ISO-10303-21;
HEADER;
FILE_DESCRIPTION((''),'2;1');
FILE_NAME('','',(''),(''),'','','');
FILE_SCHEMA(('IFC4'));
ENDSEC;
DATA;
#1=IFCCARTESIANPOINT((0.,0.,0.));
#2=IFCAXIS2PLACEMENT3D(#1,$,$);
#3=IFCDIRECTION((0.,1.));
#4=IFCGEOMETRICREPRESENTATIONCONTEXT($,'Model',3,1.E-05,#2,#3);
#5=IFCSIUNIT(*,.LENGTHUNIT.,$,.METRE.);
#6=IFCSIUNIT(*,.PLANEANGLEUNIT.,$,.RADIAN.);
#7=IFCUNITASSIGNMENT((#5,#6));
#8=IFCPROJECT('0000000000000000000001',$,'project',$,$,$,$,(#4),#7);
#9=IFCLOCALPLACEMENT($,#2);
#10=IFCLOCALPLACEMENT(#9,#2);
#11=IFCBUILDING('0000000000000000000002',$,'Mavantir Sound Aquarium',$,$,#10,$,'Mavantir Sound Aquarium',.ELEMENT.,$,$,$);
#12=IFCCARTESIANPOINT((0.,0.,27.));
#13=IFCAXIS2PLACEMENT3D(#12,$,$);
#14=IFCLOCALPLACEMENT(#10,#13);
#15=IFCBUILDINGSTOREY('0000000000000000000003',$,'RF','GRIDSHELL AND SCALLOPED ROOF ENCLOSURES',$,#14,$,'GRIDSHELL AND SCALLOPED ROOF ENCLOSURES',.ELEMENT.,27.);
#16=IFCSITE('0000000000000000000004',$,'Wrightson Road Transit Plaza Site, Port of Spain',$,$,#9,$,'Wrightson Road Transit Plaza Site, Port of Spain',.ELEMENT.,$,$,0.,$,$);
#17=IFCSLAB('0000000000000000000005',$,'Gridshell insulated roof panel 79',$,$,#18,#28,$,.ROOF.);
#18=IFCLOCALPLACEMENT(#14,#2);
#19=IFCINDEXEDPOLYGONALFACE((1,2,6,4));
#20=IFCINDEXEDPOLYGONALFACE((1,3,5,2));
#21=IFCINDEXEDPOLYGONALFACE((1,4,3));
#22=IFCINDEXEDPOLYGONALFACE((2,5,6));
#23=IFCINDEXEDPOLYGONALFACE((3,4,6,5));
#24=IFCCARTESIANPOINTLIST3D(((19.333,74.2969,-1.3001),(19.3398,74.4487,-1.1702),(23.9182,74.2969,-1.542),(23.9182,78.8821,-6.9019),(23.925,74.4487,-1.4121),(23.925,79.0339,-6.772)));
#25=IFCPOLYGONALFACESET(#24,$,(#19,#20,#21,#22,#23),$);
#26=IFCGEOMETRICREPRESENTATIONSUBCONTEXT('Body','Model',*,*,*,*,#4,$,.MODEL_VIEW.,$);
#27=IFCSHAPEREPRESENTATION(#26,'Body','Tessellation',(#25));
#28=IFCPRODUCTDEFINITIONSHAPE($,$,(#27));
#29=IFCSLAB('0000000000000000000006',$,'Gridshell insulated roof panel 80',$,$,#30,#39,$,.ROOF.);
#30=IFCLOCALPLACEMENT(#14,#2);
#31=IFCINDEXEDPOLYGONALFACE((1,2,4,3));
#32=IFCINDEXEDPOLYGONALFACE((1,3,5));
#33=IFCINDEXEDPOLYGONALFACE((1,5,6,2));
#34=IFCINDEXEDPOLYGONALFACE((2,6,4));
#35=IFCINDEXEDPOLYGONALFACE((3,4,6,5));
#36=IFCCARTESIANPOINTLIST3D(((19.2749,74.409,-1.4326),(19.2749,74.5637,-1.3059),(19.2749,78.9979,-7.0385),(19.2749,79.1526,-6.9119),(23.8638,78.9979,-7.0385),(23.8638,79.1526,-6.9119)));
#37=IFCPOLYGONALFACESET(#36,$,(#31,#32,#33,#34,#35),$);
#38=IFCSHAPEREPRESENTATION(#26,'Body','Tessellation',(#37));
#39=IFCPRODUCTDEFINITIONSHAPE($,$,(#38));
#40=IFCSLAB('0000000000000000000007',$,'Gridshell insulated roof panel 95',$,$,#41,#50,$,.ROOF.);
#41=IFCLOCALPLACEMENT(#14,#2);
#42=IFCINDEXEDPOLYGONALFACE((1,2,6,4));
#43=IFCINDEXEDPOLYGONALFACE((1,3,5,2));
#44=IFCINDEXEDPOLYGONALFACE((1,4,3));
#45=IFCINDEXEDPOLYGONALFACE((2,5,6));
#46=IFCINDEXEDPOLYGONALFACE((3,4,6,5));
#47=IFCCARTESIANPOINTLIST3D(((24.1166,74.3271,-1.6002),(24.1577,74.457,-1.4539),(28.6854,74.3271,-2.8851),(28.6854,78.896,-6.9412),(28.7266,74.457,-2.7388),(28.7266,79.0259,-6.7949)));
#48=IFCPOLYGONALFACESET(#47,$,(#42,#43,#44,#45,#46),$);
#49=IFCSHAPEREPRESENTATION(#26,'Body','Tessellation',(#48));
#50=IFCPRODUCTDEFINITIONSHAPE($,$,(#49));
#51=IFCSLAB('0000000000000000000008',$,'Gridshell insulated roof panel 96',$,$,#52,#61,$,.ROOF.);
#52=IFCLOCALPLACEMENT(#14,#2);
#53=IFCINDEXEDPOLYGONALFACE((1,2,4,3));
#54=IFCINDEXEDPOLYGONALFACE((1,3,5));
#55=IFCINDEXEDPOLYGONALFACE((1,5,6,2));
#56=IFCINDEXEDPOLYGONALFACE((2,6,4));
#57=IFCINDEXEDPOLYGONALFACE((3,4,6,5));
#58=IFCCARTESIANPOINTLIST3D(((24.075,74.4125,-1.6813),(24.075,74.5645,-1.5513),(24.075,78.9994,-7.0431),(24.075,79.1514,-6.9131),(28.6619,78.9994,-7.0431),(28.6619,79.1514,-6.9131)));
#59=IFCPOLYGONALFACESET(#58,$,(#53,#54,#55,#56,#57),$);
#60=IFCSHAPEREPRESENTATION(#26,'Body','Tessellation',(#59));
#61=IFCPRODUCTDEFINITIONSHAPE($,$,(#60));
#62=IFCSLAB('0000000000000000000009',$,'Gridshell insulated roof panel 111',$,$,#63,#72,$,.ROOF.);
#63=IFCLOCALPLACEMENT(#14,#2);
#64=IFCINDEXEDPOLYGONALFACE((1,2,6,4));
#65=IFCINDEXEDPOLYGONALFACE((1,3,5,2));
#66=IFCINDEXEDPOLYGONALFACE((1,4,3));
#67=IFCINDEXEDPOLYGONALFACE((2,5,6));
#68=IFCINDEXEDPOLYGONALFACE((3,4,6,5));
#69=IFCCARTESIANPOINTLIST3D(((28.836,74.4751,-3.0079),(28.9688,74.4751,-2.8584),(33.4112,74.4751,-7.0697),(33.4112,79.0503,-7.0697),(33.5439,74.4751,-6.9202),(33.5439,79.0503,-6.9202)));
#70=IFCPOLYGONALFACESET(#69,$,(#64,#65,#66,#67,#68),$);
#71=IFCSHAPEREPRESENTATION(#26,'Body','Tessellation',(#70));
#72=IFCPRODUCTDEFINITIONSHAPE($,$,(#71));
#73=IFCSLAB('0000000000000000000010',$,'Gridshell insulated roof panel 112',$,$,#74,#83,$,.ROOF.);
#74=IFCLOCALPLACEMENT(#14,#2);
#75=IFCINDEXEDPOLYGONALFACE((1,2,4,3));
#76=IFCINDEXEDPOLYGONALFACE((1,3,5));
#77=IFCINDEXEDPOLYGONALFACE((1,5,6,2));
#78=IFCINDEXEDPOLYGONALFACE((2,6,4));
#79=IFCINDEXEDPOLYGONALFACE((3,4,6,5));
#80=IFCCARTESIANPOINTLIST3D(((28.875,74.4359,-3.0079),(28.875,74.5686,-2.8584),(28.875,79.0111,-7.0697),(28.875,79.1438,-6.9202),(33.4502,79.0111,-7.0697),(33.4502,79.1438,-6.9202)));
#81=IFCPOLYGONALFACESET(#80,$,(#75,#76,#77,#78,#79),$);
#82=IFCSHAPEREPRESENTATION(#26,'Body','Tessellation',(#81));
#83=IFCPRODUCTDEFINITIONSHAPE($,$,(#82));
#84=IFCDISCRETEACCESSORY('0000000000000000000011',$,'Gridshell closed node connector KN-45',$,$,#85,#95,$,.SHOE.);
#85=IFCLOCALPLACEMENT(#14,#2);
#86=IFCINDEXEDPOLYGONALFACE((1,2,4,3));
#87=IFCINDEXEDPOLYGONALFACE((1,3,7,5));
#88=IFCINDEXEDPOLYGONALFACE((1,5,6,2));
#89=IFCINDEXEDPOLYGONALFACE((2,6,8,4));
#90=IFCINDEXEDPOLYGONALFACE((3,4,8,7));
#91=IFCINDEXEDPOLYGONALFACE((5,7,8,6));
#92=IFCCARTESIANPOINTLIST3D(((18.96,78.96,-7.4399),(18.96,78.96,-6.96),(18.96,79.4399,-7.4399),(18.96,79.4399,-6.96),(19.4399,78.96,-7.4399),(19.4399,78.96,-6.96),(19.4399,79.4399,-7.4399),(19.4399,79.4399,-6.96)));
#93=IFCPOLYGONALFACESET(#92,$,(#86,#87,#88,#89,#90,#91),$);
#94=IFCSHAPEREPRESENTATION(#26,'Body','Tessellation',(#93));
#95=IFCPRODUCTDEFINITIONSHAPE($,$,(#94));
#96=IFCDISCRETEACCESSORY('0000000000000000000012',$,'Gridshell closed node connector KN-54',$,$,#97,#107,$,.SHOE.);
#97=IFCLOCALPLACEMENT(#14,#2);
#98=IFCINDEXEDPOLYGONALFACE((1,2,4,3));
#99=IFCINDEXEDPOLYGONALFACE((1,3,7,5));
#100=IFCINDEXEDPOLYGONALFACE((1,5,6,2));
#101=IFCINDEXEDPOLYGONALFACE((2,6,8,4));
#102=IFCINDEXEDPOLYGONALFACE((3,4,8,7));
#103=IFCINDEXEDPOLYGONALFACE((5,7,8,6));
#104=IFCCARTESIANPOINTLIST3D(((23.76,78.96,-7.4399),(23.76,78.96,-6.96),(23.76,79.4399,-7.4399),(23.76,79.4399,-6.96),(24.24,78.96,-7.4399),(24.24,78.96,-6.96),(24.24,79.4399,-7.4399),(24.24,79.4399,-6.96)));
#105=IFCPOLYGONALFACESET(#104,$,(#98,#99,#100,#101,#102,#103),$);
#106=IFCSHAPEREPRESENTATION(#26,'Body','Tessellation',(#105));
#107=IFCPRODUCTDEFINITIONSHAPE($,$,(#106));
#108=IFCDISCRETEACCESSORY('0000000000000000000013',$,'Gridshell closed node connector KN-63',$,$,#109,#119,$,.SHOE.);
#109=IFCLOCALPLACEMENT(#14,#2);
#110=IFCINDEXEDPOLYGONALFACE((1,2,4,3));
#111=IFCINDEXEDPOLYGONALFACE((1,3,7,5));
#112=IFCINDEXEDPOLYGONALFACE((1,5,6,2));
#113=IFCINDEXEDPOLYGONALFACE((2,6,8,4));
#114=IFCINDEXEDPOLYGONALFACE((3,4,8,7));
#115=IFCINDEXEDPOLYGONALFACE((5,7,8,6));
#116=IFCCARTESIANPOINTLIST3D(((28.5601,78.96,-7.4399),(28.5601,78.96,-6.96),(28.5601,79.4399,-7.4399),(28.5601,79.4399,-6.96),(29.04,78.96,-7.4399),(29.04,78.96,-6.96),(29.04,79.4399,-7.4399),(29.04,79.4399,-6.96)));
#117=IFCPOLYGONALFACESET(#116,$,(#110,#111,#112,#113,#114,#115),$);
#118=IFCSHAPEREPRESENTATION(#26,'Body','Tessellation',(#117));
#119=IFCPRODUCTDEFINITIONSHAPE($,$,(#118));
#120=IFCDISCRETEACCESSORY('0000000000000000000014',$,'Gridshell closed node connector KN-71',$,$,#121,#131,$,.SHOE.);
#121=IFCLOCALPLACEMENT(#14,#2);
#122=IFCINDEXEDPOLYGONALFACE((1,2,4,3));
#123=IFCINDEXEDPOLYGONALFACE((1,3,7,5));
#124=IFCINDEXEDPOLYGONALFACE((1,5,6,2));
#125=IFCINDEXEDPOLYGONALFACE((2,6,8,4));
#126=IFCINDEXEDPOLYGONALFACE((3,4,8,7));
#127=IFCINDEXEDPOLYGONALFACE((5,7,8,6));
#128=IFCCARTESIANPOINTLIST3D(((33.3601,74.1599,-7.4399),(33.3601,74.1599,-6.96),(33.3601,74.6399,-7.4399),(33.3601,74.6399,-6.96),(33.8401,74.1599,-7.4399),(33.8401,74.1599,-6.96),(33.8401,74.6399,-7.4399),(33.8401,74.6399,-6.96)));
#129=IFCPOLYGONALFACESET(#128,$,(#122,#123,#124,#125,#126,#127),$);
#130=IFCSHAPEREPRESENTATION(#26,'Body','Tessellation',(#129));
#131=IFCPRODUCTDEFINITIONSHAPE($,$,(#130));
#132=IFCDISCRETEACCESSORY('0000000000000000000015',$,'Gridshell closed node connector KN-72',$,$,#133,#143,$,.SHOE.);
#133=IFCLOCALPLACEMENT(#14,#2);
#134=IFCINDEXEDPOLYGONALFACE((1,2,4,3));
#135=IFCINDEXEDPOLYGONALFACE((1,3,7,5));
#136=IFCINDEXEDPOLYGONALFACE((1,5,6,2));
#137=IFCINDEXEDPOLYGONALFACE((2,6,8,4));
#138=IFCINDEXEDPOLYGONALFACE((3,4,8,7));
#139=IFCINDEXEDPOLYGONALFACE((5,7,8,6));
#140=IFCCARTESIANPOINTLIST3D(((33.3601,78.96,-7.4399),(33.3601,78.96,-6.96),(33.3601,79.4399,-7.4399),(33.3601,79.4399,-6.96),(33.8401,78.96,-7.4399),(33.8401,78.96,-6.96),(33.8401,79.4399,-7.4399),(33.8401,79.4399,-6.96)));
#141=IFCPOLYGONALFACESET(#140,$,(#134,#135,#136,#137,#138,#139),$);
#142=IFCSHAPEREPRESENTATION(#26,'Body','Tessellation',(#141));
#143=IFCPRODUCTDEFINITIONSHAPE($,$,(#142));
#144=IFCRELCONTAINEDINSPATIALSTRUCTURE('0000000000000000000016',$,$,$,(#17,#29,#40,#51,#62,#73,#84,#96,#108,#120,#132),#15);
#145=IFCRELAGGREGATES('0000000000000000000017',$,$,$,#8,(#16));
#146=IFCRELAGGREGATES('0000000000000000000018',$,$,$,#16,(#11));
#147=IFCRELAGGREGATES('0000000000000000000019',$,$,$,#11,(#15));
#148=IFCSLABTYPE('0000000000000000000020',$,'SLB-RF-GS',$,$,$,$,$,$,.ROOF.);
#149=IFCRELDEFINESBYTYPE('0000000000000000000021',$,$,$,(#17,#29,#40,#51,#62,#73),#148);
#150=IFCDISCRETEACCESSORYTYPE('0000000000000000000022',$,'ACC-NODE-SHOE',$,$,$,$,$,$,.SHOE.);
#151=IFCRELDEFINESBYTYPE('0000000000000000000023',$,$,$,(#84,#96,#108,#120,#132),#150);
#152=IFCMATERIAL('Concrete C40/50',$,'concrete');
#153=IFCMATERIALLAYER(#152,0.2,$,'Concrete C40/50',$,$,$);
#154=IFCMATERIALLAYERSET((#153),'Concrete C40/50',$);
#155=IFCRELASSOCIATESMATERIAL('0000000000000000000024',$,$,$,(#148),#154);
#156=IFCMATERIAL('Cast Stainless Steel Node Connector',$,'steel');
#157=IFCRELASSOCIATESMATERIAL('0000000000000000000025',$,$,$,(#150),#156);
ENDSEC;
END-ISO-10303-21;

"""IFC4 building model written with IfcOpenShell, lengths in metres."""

from ifc_helpers import new_model, si_unit, direction, frame, origin, origin_2d, place, context, subcontext, project, spatial, polyline, rectangle, outline, extrude, material, layer, layer_set, type_object, element, save


model = new_model("IFC4")

# Units and contexts
model_context = context("Model", 3, precision=1e-05, world=origin(), true_north=direction((0.0, 1.0)))
body_context = subcontext(model_context, "Body", "Model", "MODEL_VIEW")
ifc_project = project(units=[si_unit("LENGTHUNIT", "METRE"), si_unit("PLANEANGLEUNIT", "RADIAN")], contexts=[model_context])

# Site, building, storey
site_placement = place(None, origin())
site = spatial("IfcSite", under=ifc_project, at=site_placement, Name="Wrightson Road Transit Plaza Site, Port of Spain", LongName="Wrightson Road Transit Plaza Site, Port of Spain", CompositionType="ELEMENT", RefElevation=0.0)
building_placement = place(site_placement, origin())
building = spatial("IfcBuilding", under=site, at=building_placement, Name="Mavantir Sound Aquarium", LongName="Mavantir Sound Aquarium", CompositionType="ELEMENT")
storey_placement = place(building_placement, frame((0.0, 0.0, 27.0)))
storey = spatial("IfcBuildingStorey", under=building, at=storey_placement, Name="RF", Description="GRIDSHELL AND SCALLOPED ROOF ENCLOSURES", LongName="GRIDSHELL AND SCALLOPED ROOF ENCLOSURES", CompositionType="ELEMENT", Elevation=27.0)

# Shared definitions
ifc_material_1 = material(Name="Concrete C40/50", Category="concrete")

# Slabs
ifc_layer_1 = layer(ifc_material_1, 0.2, Name="Concrete C40/50")
ifc_layer_set_1 = layer_set([ifc_layer_1], Name="Concrete C40/50")
slab_type = type_object("IfcSlabType", Name="SLB-RF-GS", PredefinedType="ROOF", material=ifc_layer_set_1)
slab_1_placement = place(storey_placement, frame((19.3398, 74.4487, -1.1702), z_axis=(0.034281, 0.759438, 0.649676), x_axis=(0.998611, 0.0, -0.052693)))
element("IfcSlab", 1, at=slab_1_placement, inside=storey, type_object=slab_type, Name="Gridshell insulated roof panel 79", PredefinedType="ROOF", context=body_context, shape_type="SweptSolid", body=[
    extrude(outline(polyline([(0.0, 0.0), (4.5916, 0.0), (4.874, 7.0479), (0.0, 0.0)])), origin(), (0.0, 0.0, -1.0), 0.2),
])
slab_2_placement = place(storey_placement, frame((19.2749, 74.5637, -1.3059), z_axis=(0.0, 0.77381, 0.633418), x_axis=(0.535103, 0.535103, -0.653705)))
element("IfcSlab", 2, at=slab_2_placement, inside=storey, type_object=slab_type, Name="Gridshell insulated roof panel 80", PredefinedType="ROOF", context=body_context, shape_type="SweptSolid", body=[
    extrude(outline(polyline([(0.0, 0.0), (8.5757, 0.0), (6.1202, 3.8766), (0.0, 0.0)])), origin(), (0.0, 0.0, -1.0), 0.2),
])
slab_3_placement = place(storey_placement, frame((24.1577, 74.457, -1.4539), z_axis=(0.205809, 0.64969, 0.73181), x_axis=(0.962655, 0.0, -0.270731)))
element("IfcSlab", 3, at=slab_3_placement, inside=storey, type_object=slab_type, Name="Gridshell insulated roof panel 95", PredefinedType="ROOF", context=body_context, shape_type="SweptSolid", body=[
    extrude(outline(polyline([(0.0, 0.0), (4.7461, 0.0), (5.8442, 6.0101), (0.0, 0.0)])), origin(), (0.0, 0.0, -1.0), 0.2),
])
slab_4_placement = place(storey_placement, frame((24.075, 74.5645, -1.5513), z_axis=(0.0, 0.759881, 0.650062), x_axis=(0.545025, 0.545025, -0.6371)))
element("IfcSlab", 4, at=slab_4_placement, inside=storey, type_object=slab_type, Name="Gridshell insulated roof panel 96", PredefinedType="ROOF", context=body_context, shape_type="SweptSolid", body=[
    extrude(outline(polyline([(0.0, 0.0), (8.416, 0.0), (5.916, 3.8458), (0.0, 0.0)])), origin(), (0.0, 0.0, -1.0), 0.2),
])
slab_5_placement = place(storey_placement, frame((28.9688, 74.4751, -2.8584), z_axis=(0.663901, 0.0, 0.747821), x_axis=(0.747821, 0.0, -0.663901)))
element("IfcSlab", 5, at=slab_5_placement, inside=storey, type_object=slab_type, Name="Gridshell insulated roof panel 111", PredefinedType="ROOF", context=body_context, shape_type="SweptSolid", body=[
    extrude(outline(polyline([(0.0, 0.0), (6.118, 0.0), (6.118, 4.5752), (0.0, 0.0)])), origin(), (0.0, 0.0, -1.0), 0.2),
])
slab_6_placement = place(storey_placement, frame((28.875, 74.5686, -2.8584), z_axis=(0.0, 0.663901, 0.747821), x_axis=(0.598883, 0.598883, -0.531676)))
element("IfcSlab", 6, at=slab_6_placement, inside=storey, type_object=slab_type, Name="Gridshell insulated roof panel 112", PredefinedType="ROOF", context=body_context, shape_type="SweptSolid", body=[
    extrude(outline(polyline([(0.0, 0.0), (7.6396, 0.0), (4.8995, 3.664), (0.0, 0.0)])), origin(), (0.0, 0.0, -1.0), 0.2),
])

# Discrete accessories
ifc_material_2 = material(Name="Cast Stainless Steel Node Connector", Category="steel")
discrete_accessory_type = type_object("IfcDiscreteAccessoryType", Name="ACC-NODE-SHOE", PredefinedType="SHOE", material=ifc_material_2)
for number, where, z_axis, x_axis, name in (
    (7, (19.2, 79.2, -7.4399), (0.0, 0.0, 1.0), (1.0, 0.0, 0.0), "Gridshell closed node connector KN-45"),
    (8, (24.0, 79.2, -7.4399), (0.0, 0.0, 1.0), (1.0, 0.0, 0.0), "Gridshell closed node connector KN-54"),
    (9, (28.8, 79.2, -7.4399), (0.0, 0.0, 1.0), (1.0, 0.0, 0.0), "Gridshell closed node connector KN-63"),
    (10, (33.6001, 74.3999, -7.4399), (0.0, 0.0, 1.0), (1.0, 0.0, 0.0), "Gridshell closed node connector KN-71"),
    (11, (33.6001, 79.2, -7.4399), (0.0, 0.0, 1.0), (1.0, 0.0, 0.0), "Gridshell closed node connector KN-72"),
):
    element("IfcDiscreteAccessory", number, at=place(storey_placement, frame(where, z_axis=z_axis, x_axis=x_axis)), inside=storey, type_object=discrete_accessory_type, Name=name, PredefinedType="SHOE", context=body_context, shape_type="SweptSolid", body=[
        extrude(rectangle(XDim=0.48, YDim=0.48, at=origin_2d()), origin(), (0.0, 0.0, 1.0), 0.48),
    ])

save(model, "model.ifc")
